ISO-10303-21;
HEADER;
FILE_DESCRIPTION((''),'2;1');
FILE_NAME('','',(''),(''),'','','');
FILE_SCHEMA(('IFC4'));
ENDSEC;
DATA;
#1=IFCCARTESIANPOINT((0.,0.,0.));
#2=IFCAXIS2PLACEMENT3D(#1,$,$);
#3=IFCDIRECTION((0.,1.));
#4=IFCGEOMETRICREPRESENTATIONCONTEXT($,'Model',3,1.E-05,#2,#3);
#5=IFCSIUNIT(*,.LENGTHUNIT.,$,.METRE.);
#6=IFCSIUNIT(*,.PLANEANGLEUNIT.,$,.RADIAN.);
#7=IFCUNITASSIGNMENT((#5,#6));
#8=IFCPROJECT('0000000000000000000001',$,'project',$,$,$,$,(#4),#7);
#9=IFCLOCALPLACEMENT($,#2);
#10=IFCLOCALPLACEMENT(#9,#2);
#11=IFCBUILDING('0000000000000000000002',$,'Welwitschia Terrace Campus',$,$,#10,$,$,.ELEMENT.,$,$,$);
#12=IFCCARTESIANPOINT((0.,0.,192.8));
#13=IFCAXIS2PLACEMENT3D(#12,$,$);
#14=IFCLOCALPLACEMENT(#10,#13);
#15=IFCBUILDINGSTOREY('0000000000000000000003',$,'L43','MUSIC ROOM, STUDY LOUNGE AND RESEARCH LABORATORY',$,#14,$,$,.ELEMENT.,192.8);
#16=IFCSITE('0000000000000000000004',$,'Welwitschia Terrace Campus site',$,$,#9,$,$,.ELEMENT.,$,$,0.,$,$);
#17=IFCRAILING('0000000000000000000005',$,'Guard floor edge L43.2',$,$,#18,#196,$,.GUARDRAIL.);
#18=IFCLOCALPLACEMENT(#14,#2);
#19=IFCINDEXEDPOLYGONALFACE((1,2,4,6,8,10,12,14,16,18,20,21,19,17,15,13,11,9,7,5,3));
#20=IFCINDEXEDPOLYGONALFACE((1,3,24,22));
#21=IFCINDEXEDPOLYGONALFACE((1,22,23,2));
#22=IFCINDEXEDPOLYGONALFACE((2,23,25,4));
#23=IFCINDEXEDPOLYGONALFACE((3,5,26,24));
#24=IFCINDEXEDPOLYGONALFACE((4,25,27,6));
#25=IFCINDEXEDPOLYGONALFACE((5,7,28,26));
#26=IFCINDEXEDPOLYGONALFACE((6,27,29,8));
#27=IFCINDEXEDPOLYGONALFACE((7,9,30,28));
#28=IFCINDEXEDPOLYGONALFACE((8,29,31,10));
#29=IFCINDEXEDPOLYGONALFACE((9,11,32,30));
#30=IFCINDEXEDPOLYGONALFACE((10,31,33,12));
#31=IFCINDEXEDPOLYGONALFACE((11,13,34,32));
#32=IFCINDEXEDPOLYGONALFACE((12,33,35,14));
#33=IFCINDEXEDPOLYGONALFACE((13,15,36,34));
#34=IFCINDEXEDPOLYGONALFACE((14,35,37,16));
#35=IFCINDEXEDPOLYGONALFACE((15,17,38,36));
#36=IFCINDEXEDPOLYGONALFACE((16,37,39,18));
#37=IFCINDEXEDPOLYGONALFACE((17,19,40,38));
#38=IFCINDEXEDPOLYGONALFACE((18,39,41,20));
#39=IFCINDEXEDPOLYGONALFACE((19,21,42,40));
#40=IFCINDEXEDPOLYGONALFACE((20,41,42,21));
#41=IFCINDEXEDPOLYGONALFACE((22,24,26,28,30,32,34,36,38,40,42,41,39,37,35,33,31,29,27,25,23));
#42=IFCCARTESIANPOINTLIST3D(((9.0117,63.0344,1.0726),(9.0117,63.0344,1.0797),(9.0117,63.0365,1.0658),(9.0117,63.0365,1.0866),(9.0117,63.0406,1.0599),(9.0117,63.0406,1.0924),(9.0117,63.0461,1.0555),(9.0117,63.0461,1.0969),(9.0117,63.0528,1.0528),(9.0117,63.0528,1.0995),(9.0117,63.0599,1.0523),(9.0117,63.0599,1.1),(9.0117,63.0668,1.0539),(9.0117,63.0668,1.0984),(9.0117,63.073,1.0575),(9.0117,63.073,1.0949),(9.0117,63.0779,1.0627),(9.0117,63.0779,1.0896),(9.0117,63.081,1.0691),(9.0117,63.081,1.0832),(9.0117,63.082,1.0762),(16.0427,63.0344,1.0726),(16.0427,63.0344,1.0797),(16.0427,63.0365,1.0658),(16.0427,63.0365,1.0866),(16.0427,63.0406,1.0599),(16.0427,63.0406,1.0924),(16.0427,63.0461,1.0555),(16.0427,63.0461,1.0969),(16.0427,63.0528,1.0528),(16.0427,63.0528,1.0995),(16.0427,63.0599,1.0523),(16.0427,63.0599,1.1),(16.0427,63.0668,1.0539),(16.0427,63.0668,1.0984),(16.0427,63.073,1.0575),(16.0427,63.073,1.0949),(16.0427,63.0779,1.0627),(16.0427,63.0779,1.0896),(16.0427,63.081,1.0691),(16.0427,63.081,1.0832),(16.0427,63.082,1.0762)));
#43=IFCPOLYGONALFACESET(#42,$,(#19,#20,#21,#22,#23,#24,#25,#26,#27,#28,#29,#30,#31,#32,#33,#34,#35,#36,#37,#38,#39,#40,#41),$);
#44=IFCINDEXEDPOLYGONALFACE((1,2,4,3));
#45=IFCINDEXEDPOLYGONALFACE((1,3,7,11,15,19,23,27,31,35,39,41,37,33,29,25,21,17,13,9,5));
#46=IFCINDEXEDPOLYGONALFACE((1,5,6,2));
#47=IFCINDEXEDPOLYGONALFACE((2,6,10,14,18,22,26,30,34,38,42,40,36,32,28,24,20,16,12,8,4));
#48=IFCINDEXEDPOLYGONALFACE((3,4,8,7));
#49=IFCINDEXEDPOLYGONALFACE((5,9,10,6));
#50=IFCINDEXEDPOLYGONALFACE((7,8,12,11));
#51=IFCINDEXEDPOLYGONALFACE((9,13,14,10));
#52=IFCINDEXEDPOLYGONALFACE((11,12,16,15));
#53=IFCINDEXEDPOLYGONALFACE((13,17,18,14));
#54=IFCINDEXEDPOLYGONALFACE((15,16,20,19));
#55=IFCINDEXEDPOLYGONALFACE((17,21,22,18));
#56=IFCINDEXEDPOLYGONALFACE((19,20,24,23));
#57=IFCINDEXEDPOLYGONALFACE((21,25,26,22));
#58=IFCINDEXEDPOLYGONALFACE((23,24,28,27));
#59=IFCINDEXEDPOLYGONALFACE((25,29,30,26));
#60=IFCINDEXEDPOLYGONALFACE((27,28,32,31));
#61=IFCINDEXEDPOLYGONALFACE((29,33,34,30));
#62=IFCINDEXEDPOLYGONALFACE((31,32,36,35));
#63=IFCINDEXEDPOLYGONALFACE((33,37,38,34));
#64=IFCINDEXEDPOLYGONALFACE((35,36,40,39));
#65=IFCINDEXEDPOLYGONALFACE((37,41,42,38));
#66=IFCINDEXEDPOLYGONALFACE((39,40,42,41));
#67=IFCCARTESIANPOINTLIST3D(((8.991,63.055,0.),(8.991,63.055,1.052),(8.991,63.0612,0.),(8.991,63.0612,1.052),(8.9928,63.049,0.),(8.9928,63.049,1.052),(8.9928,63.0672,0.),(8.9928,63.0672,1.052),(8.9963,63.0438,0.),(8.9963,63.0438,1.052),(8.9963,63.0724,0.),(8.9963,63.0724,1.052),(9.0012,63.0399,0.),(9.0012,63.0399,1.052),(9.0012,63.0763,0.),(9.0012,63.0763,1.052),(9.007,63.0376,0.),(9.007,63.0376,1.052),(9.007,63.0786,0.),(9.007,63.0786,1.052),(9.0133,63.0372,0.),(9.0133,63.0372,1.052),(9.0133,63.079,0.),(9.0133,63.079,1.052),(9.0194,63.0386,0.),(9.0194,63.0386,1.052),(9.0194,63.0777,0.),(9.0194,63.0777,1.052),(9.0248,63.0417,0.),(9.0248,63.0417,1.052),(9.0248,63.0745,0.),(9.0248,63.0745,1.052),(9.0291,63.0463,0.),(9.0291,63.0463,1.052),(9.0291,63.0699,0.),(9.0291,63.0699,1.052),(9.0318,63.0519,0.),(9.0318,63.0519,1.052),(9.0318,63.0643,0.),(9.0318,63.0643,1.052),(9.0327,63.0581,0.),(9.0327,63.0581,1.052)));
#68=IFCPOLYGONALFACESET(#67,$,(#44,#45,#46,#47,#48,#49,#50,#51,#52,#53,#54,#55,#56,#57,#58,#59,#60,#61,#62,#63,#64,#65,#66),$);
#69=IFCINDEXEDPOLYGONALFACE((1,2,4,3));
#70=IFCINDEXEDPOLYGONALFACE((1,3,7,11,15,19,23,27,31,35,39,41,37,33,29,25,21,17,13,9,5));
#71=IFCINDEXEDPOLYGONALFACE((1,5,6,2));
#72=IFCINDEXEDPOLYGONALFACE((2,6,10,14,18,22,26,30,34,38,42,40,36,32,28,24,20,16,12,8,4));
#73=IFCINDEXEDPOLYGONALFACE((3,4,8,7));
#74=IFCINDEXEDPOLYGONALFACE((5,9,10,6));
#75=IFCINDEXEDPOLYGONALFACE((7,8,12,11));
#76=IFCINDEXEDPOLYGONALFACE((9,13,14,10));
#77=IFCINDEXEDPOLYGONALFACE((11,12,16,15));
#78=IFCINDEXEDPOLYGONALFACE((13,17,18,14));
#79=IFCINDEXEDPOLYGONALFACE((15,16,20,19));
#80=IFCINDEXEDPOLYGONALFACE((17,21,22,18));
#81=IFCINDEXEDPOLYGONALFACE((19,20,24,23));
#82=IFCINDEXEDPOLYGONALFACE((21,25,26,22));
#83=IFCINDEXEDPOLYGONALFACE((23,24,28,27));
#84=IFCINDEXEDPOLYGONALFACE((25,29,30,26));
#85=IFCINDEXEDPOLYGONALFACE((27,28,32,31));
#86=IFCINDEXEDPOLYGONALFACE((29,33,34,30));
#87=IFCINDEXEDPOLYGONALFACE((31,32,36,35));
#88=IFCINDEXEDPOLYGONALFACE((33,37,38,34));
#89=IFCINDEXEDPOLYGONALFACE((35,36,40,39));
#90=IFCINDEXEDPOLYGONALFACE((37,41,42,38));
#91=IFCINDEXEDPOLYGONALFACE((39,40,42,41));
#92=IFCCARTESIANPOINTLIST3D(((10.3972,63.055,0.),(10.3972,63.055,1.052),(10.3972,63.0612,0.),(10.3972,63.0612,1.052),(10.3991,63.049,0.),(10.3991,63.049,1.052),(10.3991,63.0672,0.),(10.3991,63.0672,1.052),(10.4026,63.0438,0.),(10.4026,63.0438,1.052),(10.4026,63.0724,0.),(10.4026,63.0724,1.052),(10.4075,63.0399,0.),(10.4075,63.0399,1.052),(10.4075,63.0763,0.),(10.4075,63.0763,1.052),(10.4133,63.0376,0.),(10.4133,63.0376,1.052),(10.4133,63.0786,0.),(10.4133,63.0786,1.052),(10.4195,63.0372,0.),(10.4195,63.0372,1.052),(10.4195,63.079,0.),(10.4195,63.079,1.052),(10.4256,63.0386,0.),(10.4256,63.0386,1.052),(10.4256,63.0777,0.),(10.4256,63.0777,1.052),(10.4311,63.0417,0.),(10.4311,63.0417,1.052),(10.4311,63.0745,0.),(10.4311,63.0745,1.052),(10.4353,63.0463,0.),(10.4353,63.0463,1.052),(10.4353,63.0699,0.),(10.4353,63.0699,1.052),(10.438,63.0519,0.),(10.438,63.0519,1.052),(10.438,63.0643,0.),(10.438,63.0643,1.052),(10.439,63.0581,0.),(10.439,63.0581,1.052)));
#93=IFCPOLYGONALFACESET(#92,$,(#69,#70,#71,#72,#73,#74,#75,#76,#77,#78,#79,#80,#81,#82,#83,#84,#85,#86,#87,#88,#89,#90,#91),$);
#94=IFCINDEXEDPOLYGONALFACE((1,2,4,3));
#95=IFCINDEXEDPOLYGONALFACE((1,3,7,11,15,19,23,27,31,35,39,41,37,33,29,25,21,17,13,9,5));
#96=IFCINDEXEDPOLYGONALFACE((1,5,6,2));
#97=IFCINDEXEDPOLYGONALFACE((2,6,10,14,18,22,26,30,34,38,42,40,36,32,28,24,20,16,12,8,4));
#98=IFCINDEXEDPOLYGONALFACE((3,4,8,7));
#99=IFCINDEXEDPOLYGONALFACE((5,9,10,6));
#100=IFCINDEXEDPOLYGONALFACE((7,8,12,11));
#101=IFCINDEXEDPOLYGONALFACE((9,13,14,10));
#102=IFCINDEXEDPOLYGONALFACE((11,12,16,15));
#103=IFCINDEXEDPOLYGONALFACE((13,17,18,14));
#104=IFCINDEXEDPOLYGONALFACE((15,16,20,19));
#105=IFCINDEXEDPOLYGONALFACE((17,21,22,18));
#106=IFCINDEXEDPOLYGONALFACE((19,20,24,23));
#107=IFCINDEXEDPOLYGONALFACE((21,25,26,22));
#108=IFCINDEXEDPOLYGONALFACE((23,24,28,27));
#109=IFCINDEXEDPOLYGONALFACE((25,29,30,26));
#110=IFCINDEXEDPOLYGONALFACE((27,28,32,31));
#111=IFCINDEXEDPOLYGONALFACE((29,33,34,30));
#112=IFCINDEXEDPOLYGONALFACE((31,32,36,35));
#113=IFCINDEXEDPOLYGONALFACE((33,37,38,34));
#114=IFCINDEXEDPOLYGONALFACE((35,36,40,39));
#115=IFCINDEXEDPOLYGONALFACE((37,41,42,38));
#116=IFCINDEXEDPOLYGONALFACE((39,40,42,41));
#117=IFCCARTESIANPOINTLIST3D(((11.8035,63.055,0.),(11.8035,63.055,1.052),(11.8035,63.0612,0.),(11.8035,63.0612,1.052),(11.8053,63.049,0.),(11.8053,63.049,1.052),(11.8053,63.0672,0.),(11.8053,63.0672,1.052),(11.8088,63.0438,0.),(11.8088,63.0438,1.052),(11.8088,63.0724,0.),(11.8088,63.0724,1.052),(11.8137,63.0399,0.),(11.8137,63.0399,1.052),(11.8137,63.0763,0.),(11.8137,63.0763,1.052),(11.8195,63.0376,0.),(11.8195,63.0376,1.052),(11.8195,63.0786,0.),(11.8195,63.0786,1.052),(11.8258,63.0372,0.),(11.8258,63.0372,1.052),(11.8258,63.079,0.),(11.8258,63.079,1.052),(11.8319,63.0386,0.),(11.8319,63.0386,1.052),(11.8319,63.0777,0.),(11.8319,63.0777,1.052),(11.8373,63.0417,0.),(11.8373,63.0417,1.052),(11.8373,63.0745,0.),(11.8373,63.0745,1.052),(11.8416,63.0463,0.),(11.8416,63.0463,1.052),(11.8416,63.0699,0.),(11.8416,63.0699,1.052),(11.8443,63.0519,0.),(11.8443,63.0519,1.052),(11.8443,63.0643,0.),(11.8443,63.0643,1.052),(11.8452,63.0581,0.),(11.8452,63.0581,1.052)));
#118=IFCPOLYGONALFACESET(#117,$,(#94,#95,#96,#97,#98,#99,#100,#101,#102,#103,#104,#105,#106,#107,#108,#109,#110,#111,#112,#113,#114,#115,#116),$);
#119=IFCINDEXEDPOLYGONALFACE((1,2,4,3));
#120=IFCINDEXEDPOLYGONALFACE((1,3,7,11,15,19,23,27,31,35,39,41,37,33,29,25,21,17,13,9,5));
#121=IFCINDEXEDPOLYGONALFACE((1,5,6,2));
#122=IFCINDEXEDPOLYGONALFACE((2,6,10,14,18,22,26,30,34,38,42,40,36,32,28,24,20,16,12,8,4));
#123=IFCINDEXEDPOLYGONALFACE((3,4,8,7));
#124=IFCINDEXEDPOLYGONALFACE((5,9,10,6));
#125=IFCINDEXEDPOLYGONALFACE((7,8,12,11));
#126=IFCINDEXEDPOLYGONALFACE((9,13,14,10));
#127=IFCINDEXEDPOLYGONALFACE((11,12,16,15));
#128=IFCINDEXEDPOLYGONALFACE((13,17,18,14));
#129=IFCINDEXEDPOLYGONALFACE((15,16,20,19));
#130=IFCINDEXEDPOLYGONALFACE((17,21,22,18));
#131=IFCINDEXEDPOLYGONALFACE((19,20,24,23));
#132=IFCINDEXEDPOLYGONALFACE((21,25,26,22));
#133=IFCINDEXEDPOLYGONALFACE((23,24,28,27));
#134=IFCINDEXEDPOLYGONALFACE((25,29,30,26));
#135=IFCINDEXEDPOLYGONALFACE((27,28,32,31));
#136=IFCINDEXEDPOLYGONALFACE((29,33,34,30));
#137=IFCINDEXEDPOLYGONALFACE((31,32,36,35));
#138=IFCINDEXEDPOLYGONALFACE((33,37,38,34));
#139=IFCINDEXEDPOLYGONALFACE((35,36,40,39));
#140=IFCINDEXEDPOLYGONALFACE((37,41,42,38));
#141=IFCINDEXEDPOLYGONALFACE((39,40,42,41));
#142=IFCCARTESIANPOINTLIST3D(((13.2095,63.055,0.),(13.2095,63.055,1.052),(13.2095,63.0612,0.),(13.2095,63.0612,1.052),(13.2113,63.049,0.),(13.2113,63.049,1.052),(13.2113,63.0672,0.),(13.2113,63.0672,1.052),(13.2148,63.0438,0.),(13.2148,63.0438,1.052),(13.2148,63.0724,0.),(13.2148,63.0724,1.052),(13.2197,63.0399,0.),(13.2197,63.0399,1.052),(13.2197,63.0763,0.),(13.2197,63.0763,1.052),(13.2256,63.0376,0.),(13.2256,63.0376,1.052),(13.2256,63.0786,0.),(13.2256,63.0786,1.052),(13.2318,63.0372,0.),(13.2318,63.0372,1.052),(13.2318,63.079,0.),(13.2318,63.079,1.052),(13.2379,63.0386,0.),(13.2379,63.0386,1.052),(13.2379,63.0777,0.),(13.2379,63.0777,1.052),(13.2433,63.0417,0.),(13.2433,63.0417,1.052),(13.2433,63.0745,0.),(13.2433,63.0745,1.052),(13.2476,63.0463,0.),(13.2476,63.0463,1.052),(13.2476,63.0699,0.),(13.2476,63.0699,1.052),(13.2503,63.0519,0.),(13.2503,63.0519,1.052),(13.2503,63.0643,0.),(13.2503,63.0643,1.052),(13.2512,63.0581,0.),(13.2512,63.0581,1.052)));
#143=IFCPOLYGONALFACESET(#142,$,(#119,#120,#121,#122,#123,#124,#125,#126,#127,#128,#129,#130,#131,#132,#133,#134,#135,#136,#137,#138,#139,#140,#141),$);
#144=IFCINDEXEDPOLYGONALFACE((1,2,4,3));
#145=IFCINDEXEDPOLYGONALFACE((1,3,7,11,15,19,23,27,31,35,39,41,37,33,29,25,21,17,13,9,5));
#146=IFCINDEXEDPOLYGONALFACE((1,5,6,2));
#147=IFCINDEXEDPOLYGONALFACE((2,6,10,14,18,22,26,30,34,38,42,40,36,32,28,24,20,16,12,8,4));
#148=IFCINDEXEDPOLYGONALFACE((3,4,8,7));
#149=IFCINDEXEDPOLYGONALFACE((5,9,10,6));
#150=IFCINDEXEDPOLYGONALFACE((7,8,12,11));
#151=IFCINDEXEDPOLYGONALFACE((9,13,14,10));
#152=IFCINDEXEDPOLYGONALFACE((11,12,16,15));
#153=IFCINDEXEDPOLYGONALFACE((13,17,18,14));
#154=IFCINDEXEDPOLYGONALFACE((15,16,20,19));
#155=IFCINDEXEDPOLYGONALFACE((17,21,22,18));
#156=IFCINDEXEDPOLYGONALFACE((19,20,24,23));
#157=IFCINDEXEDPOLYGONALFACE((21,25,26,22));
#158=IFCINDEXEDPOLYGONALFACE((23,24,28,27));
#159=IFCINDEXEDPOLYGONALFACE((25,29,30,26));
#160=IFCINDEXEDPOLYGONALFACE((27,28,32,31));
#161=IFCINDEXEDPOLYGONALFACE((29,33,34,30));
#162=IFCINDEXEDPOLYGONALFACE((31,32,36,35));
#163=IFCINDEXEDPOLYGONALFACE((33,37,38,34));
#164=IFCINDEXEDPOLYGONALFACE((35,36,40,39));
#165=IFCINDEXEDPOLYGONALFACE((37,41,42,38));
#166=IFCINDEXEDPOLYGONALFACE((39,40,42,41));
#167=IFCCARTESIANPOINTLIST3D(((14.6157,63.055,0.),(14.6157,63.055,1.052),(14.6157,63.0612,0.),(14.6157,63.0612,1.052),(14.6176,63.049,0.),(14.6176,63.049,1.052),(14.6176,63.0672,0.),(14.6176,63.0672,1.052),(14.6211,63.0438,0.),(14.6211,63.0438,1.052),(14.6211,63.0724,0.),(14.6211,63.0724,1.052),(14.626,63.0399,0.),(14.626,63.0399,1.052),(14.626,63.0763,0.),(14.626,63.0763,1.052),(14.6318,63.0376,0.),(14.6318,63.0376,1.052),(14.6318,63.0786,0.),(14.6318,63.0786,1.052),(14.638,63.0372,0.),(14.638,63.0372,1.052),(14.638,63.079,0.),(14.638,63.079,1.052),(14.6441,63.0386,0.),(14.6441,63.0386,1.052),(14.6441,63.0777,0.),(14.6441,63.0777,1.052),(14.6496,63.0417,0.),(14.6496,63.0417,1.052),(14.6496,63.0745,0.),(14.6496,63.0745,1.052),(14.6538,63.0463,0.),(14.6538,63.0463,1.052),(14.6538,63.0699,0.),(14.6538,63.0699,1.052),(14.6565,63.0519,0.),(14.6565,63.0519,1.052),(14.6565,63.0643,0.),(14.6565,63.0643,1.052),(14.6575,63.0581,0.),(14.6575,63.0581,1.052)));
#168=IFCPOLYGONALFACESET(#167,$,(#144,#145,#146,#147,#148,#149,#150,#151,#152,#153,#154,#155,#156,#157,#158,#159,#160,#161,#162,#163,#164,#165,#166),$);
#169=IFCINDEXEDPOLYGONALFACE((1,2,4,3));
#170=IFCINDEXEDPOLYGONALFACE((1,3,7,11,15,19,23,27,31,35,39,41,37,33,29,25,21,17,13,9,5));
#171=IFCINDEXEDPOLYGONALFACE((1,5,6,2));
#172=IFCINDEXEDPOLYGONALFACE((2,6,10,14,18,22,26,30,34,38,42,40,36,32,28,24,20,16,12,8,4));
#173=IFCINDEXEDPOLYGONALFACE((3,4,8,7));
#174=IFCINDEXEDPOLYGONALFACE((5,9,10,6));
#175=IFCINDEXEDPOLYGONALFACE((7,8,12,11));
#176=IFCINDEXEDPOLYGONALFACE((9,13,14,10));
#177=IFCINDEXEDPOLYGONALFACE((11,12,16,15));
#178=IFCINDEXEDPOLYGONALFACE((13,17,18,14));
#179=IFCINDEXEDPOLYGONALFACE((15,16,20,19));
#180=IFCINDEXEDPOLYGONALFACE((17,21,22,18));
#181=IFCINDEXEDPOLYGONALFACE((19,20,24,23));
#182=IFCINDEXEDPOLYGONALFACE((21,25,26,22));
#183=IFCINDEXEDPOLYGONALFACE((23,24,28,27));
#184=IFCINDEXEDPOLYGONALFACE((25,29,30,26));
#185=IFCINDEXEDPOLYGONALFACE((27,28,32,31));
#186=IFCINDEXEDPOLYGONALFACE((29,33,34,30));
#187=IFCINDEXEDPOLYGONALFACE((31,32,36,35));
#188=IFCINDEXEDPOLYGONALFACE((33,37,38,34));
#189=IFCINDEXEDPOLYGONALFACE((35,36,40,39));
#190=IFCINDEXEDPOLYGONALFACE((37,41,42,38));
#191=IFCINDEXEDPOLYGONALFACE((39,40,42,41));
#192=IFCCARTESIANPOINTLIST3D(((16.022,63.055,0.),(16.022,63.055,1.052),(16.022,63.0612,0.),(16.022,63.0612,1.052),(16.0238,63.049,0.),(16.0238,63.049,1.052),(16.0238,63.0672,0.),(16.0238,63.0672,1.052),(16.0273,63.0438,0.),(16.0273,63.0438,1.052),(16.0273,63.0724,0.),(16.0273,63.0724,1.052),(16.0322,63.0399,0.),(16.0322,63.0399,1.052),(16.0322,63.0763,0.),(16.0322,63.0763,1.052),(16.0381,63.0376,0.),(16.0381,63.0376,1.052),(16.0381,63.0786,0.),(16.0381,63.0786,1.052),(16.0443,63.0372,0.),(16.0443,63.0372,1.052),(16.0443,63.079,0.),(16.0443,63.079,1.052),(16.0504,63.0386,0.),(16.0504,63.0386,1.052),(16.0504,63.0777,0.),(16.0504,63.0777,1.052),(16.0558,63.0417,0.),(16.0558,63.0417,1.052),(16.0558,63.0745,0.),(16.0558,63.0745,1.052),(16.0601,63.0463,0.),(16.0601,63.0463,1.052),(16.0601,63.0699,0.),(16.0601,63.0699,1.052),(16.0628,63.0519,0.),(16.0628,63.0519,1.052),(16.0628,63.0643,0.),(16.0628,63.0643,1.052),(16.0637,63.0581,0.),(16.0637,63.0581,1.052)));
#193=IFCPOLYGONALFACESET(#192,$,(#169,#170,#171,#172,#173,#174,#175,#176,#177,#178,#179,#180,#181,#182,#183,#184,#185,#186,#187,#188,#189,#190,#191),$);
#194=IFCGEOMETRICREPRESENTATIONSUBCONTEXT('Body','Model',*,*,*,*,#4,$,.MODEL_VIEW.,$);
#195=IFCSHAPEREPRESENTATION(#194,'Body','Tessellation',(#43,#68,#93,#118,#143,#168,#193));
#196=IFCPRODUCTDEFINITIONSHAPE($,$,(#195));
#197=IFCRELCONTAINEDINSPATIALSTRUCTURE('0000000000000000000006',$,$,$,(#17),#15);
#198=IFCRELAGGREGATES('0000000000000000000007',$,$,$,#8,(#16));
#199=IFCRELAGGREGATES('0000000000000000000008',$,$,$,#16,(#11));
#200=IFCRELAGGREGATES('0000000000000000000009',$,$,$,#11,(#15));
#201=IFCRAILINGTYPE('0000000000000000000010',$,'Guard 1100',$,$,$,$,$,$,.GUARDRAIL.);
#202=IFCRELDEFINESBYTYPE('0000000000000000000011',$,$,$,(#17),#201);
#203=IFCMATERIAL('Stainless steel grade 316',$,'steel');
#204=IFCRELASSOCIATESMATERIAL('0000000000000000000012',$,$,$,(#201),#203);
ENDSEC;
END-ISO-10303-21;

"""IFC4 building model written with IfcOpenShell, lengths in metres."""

from ifc_helpers import new_model, si_unit, direction, frame, origin, origin_2d, place, context, subcontext, project, spatial, circle, extrude, material, type_object, element, save


model = new_model("IFC4")

# Units and contexts
model_context = context("Model", 3, precision=1e-05, world=origin(), true_north=direction((0.0, 1.0)))
body_context = subcontext(model_context, "Body", "Model", "MODEL_VIEW")
ifc_project = project(units=[si_unit("LENGTHUNIT", "METRE"), si_unit("PLANEANGLEUNIT", "RADIAN")], contexts=[model_context])

# Site, building, storey
site_placement = place(None, origin())
site = spatial("IfcSite", under=ifc_project, at=site_placement, Name="Welwitschia Terrace Campus site", CompositionType="ELEMENT", RefElevation=0.0)
building_placement = place(site_placement, origin())
building = spatial("IfcBuilding", under=site, at=building_placement, Name="Welwitschia Terrace Campus", CompositionType="ELEMENT")
storey_placement = place(building_placement, frame((0.0, 0.0, 192.8)))
storey = spatial("IfcBuildingStorey", under=building, at=storey_placement, Name="L43", Description="MUSIC ROOM, STUDY LOUNGE AND RESEARCH LABORATORY", CompositionType="ELEMENT", Elevation=192.8)

# Railing
ifc_material_1 = material(Name="Stainless steel grade 316", Category="steel")
railing_type = type_object("IfcRailingType", Name="Guard 1100", PredefinedType="GUARDRAIL", material=ifc_material_1)
railing_1_placement = place(storey_placement, frame((9.0117, 63.0581, 0.0)))
element("IfcRailing", 1, at=railing_1_placement, inside=storey, type_object=railing_type, Name="Guard floor edge L43.2", PredefinedType="GUARDRAIL", context=body_context, shape_type="SweptSolid", body=[
    extrude(circle(Radius=0.0239, at=origin_2d()), frame((0.0, 0.0, 1.0762), z_axis=(1.0, 0.0, 0.0), x_axis=(0.0, 1.0, 0.0)), (0.0, 0.0, 1.0), 7.031),
    extrude(circle(Radius=0.021, at=origin_2d()), origin(), (0.0, 0.0, 1.0), 1.052),
    extrude(circle(Radius=0.021, at=origin_2d()), frame((1.4062, 0.0, 0.0)), (0.0, 0.0, 1.0), 1.052),
    extrude(circle(Radius=0.021, at=origin_2d()), frame((2.8125, 0.0, 0.0)), (0.0, 0.0, 1.0), 1.052),
    extrude(circle(Radius=0.021, at=origin_2d()), frame((4.2185, 0.0, 0.0)), (0.0, 0.0, 1.0), 1.052),
    extrude(circle(Radius=0.021, at=origin_2d()), frame((5.6248, 0.0, 0.0)), (0.0, 0.0, 1.0), 1.052),
    extrude(circle(Radius=0.021, at=origin_2d()), frame((7.031, 0.0, 0.0)), (0.0, 0.0, 1.0), 1.052),
])

save(model, "model.ifc")
